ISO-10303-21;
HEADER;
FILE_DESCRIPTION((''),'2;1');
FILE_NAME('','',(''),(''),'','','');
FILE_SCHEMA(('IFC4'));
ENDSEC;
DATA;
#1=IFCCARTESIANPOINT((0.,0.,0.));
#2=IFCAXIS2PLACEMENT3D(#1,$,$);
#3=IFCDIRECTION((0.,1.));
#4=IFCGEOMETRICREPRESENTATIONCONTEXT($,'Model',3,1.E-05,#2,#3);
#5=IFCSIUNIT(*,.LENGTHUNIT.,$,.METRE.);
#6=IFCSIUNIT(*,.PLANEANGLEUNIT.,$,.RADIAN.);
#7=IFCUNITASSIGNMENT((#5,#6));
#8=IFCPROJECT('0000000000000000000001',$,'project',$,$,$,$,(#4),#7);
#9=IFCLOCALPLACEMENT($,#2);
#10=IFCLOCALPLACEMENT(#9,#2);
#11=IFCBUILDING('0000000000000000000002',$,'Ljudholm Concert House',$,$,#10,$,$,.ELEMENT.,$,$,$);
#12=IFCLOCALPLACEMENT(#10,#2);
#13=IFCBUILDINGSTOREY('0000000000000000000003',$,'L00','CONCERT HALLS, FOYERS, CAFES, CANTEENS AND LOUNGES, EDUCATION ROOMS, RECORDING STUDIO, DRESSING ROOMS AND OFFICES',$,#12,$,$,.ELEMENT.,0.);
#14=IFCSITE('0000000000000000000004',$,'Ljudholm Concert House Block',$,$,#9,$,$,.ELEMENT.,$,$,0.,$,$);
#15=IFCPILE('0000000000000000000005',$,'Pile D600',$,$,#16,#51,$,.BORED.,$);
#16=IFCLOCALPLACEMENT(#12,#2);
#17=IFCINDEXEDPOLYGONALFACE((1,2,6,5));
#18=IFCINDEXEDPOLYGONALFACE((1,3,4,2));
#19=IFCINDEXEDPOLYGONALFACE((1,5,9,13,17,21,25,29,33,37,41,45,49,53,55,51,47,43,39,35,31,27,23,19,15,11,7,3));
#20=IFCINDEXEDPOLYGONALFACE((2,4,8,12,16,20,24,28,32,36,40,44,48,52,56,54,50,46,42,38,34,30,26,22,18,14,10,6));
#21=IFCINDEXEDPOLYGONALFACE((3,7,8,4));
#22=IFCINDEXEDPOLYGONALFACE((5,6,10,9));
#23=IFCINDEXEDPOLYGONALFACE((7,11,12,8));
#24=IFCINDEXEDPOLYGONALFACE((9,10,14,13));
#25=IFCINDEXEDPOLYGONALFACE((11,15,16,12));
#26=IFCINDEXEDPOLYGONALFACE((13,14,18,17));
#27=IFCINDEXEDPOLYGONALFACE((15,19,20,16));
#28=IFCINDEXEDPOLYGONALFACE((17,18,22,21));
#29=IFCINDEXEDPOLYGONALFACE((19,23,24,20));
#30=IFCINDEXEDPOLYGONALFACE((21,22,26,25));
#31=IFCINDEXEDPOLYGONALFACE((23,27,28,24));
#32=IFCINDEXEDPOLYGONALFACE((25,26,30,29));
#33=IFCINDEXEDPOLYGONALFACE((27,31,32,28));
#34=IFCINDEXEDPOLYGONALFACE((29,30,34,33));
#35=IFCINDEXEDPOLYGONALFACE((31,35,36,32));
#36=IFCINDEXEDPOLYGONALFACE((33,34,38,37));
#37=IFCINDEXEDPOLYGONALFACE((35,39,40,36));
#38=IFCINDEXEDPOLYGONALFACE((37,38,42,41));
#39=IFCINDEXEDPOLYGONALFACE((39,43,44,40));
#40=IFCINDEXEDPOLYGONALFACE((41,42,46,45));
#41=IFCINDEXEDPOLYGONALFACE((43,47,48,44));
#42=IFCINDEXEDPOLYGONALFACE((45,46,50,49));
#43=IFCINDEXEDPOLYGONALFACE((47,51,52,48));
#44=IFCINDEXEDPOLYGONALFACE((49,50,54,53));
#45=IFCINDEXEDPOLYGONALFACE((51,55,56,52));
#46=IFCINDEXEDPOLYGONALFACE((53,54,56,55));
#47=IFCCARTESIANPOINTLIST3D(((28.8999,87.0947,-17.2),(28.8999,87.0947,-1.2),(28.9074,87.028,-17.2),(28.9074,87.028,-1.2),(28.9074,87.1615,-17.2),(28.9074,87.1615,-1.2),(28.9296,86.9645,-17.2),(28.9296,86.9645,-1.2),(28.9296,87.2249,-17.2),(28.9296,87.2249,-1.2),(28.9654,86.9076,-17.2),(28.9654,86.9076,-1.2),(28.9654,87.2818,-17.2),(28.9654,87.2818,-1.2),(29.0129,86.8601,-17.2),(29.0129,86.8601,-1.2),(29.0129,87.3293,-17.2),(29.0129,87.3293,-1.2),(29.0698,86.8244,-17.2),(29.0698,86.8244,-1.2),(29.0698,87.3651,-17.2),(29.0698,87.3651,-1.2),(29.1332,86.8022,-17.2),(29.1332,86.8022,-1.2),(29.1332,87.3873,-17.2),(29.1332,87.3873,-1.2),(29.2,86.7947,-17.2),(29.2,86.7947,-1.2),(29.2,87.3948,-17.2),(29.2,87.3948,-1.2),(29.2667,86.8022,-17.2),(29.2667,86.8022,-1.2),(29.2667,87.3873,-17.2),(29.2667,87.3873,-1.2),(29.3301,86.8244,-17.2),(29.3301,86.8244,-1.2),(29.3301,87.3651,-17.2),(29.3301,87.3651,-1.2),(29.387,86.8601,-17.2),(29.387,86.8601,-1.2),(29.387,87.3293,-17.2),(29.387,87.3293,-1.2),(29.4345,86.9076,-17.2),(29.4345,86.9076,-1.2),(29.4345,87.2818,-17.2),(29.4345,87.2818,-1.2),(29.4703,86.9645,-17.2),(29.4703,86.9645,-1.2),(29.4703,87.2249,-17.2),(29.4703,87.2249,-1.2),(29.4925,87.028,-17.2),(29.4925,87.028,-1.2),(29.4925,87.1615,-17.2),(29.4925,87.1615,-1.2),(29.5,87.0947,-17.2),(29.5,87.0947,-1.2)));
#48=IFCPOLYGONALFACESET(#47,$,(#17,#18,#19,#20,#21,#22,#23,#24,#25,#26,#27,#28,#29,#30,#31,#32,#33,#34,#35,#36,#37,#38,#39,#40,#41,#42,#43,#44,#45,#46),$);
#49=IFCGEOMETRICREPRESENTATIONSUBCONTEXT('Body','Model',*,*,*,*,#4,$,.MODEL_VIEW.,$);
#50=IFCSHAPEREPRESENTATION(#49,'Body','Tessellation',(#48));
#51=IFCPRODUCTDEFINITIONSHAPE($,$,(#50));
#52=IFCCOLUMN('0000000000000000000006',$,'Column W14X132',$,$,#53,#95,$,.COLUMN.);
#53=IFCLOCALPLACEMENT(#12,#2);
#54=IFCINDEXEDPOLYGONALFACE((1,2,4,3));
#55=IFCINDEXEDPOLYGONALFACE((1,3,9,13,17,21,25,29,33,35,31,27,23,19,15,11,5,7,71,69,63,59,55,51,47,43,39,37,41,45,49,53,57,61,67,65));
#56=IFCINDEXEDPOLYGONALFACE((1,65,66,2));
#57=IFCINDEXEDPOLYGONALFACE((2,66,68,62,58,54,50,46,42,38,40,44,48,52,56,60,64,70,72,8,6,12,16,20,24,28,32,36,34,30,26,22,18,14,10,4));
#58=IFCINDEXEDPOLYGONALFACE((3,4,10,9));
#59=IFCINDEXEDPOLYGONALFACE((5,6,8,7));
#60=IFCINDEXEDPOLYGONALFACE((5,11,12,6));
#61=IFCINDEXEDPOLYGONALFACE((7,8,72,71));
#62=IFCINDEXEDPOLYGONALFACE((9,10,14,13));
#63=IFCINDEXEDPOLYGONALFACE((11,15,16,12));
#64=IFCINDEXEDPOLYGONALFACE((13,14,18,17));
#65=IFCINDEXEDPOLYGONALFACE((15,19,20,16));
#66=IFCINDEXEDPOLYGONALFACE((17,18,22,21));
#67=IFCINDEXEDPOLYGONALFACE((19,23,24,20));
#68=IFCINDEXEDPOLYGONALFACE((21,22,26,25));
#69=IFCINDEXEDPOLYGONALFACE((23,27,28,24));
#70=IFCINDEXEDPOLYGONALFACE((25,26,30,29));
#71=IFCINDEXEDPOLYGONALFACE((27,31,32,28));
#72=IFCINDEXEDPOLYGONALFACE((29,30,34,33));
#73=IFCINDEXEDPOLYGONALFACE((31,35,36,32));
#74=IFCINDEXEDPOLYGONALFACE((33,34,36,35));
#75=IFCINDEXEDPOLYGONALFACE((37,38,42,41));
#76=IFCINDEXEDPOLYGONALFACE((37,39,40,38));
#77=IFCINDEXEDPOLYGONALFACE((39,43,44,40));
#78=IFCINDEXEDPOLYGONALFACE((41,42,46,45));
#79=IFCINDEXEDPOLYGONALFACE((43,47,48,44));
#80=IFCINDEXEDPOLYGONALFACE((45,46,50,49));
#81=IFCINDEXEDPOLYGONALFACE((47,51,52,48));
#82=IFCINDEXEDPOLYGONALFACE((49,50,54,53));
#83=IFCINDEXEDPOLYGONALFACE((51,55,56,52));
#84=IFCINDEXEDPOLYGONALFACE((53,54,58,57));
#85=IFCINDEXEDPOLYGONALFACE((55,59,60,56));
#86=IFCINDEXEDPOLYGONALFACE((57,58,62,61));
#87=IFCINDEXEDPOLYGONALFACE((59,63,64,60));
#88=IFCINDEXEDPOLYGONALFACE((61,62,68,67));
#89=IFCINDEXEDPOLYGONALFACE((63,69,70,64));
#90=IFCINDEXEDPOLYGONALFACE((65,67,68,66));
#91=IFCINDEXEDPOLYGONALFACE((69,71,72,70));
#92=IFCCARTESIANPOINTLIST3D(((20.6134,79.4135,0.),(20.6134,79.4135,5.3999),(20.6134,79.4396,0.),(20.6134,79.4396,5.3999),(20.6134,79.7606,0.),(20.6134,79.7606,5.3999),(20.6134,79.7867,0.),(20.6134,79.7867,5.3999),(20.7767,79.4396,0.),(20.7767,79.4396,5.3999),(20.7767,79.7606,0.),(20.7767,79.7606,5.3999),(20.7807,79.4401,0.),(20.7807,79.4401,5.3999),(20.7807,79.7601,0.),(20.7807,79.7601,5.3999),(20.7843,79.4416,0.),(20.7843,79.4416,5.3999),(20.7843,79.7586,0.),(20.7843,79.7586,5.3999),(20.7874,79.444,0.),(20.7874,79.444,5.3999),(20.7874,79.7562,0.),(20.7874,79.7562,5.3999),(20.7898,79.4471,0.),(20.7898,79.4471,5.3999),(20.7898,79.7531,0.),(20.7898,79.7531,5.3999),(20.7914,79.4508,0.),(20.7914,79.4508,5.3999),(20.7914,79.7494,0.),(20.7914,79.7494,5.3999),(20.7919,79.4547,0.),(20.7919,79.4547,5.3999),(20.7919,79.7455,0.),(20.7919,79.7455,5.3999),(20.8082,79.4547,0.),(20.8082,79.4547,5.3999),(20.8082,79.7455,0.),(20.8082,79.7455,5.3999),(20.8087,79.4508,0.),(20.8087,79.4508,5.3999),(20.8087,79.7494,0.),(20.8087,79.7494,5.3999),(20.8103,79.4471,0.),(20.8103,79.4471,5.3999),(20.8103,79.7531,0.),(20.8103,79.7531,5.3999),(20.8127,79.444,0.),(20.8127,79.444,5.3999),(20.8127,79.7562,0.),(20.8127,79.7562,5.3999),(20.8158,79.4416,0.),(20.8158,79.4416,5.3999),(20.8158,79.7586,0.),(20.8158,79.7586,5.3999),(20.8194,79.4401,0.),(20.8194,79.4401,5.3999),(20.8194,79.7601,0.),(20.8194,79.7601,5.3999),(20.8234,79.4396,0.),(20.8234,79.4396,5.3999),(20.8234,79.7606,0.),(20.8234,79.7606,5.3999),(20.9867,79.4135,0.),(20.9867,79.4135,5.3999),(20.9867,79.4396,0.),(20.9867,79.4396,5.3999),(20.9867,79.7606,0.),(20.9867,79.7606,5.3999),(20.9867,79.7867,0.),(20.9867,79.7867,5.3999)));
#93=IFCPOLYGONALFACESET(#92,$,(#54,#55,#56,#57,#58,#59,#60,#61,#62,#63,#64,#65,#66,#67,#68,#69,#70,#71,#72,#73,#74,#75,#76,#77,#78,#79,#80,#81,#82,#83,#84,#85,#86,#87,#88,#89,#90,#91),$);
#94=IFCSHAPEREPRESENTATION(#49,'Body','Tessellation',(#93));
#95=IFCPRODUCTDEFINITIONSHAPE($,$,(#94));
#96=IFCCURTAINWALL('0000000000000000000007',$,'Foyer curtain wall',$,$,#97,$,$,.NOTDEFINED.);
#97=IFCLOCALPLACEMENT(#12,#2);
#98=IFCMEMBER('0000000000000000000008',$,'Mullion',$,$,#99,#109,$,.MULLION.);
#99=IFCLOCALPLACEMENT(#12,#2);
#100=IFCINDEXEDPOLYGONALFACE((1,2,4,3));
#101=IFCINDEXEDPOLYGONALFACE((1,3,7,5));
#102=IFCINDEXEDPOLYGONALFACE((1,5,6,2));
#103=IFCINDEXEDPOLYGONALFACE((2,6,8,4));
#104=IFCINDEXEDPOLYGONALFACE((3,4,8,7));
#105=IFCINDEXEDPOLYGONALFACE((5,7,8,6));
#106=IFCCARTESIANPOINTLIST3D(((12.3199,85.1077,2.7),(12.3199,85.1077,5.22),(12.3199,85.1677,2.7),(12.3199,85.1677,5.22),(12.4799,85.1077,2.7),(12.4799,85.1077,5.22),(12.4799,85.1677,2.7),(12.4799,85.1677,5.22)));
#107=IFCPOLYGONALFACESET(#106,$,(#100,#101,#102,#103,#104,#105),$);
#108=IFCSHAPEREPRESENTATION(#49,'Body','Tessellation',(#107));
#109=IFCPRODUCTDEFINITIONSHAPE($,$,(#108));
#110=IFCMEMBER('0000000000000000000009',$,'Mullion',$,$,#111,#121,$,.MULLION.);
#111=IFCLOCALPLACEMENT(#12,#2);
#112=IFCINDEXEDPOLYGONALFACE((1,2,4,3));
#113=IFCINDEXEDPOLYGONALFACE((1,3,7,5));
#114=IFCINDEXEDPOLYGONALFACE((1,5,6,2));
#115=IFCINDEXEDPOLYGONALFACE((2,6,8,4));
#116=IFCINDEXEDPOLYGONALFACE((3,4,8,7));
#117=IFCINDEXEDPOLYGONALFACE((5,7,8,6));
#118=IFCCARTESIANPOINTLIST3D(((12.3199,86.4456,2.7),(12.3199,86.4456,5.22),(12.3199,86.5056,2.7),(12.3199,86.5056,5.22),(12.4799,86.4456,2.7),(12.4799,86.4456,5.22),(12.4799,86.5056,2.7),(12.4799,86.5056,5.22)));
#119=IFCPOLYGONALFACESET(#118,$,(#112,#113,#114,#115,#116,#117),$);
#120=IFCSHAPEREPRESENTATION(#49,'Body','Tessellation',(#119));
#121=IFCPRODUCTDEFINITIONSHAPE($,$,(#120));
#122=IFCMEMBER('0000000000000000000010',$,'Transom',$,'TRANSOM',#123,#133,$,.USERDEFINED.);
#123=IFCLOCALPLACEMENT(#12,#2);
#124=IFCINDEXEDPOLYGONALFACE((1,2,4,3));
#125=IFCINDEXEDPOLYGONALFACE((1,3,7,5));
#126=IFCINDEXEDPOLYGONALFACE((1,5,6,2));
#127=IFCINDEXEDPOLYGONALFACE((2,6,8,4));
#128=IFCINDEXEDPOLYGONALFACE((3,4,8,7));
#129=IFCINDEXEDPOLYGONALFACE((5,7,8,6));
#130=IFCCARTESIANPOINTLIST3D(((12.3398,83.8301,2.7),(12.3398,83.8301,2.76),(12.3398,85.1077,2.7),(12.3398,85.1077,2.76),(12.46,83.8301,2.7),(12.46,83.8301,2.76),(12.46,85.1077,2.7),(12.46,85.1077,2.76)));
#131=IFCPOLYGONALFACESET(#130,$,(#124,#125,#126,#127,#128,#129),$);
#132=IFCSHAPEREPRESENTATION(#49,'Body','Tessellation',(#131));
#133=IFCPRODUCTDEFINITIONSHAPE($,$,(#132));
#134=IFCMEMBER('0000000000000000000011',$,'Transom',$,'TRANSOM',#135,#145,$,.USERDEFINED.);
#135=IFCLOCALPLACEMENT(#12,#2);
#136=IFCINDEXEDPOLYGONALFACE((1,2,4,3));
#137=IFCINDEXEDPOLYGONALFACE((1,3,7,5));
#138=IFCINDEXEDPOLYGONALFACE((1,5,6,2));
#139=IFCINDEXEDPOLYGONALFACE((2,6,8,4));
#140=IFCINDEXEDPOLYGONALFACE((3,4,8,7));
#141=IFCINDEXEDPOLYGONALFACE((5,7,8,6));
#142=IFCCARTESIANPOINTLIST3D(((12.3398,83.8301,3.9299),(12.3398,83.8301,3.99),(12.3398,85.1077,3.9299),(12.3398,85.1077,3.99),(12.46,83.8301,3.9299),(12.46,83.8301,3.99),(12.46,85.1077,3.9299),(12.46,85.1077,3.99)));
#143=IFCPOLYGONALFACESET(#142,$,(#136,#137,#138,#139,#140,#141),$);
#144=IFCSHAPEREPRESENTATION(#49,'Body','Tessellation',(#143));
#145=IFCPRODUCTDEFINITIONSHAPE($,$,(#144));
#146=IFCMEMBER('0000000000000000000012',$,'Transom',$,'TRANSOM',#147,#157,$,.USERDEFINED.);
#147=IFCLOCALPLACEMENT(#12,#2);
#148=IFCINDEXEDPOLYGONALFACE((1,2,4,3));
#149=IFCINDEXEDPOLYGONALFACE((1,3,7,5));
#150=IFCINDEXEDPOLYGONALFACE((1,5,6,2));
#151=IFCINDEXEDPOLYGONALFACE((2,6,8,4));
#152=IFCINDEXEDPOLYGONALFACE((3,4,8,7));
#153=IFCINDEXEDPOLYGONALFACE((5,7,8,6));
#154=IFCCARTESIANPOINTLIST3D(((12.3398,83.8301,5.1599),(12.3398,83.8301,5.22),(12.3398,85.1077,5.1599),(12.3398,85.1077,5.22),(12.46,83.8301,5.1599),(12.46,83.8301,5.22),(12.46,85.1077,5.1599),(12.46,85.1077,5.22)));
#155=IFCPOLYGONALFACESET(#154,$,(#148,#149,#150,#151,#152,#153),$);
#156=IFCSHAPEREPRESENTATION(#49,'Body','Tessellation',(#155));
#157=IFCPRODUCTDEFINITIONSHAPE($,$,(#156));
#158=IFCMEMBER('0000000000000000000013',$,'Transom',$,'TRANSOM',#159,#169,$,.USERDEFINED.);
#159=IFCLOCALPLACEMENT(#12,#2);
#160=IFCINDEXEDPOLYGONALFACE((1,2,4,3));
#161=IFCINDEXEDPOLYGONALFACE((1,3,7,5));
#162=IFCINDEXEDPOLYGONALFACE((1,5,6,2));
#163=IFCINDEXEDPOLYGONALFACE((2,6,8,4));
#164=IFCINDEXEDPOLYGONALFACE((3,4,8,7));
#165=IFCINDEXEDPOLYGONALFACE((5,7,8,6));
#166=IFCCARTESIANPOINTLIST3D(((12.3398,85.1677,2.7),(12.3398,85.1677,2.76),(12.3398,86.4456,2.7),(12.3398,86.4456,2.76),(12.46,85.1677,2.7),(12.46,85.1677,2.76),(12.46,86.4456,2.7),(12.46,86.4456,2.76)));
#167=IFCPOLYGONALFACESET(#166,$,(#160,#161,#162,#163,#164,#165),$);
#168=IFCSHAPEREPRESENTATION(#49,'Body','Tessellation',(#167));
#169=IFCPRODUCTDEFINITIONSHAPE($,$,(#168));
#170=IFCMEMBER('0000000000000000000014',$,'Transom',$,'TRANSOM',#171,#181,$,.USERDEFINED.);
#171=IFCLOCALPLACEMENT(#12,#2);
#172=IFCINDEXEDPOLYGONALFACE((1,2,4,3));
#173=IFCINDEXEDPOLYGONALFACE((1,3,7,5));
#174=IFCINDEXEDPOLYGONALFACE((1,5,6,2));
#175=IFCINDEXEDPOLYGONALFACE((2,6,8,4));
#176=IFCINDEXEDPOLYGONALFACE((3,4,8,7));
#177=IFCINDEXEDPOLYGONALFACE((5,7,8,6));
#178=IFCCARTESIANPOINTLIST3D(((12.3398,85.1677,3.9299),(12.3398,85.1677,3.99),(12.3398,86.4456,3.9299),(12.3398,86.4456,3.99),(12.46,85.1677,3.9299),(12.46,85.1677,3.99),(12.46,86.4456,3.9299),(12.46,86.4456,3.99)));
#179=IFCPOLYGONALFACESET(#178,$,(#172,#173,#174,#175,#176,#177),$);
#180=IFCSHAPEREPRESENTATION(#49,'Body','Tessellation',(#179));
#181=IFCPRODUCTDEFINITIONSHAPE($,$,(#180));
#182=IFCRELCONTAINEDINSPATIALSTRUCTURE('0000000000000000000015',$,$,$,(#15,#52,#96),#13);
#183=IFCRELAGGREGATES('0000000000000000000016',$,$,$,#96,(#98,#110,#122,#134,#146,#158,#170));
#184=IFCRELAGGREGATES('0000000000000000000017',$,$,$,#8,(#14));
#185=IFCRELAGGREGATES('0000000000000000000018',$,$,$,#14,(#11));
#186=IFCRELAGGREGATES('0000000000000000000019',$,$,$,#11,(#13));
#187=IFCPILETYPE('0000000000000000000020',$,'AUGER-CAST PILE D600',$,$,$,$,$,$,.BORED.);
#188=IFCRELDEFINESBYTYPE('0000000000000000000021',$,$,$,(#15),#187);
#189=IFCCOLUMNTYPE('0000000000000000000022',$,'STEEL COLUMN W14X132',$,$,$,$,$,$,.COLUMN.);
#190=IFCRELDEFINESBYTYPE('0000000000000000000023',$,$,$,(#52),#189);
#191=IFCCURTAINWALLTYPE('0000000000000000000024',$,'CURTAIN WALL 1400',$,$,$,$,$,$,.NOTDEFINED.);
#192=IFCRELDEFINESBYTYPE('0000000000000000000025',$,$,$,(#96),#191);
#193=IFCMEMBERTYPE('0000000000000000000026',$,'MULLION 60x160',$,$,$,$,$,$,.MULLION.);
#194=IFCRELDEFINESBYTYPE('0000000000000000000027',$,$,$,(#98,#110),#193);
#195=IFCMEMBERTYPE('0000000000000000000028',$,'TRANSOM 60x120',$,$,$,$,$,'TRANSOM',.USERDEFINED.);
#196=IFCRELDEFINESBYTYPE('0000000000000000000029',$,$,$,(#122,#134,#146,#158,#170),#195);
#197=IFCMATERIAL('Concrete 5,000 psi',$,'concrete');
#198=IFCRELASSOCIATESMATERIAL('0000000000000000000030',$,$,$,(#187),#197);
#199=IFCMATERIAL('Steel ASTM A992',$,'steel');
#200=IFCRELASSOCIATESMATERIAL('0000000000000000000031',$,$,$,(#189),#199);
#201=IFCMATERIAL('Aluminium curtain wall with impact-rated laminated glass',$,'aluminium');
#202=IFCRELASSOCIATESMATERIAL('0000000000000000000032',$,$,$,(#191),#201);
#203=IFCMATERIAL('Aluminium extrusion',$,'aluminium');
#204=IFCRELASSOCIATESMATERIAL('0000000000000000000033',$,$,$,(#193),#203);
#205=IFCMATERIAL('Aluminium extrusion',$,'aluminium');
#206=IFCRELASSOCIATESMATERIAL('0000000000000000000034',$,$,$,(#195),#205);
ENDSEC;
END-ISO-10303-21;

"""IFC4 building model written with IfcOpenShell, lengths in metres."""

from ifc_helpers import new_model, si_unit, direction, frame, origin, origin_2d, place, context, subcontext, project, spatial, rectangle, circle, i_section, extrude, material, material_profile, profile_set, type_object, element, aggregate, save


model = new_model("IFC4")

# Units and contexts
model_context = context("Model", 3, precision=1e-05, world=origin(), true_north=direction((0.0, 1.0)))
body_context = subcontext(model_context, "Body", "Model", "MODEL_VIEW")
ifc_project = project(units=[si_unit("LENGTHUNIT", "METRE"), si_unit("PLANEANGLEUNIT", "RADIAN")], contexts=[model_context])

# Site, building, storey
site_placement = place(None, origin())
site = spatial("IfcSite", under=ifc_project, at=site_placement, Name="Ljudholm Concert House Block", CompositionType="ELEMENT", RefElevation=0.0)
building_placement = place(site_placement, origin())
building = spatial("IfcBuilding", under=site, at=building_placement, Name="Ljudholm Concert House", CompositionType="ELEMENT")
storey_placement = place(building_placement, origin())
storey = spatial("IfcBuildingStorey", under=building, at=storey_placement, Name="L00", Description="CONCERT HALLS, FOYERS, CAFES, CANTEENS AND LOUNGES, EDUCATION ROOMS, RECORDING STUDIO, DRESSING ROOMS AND OFFICES", CompositionType="ELEMENT", Elevation=0.0)

# Pile
ifc_material_1 = material(Name="Concrete 5,000 psi", Category="concrete")
ifc_material_profile_1 = material_profile(ifc_material_1, circle(Radius=0.3, at=origin_2d()), Name="AUGER-CAST PILE D600")
ifc_profile_set_1 = profile_set([ifc_material_profile_1], Name="Concrete 5,000 psi")
pile_type = type_object("IfcPileType", Name="AUGER-CAST PILE D600", PredefinedType="BORED", material=ifc_profile_set_1)
for number, where, z_axis, x_axis, name in (
    (1, (29.2, 87.0947, -1.2), (0.0, 0.0, -1.0), (1.0, 0.0, 0.0), "Pile D600"),
):
    element("IfcPile", number, at=place(storey_placement, frame(where, z_axis=z_axis, x_axis=x_axis)), inside=storey, type_object=pile_type, Name=name, PredefinedType="BORED", context=body_context, shape_type="SweptSolid", body=[
        extrude(circle(Radius=0.3, at=origin_2d()), origin(), (0.0, 0.0, 1.0), 16.0),
    ])

# Column
ifc_material_2 = material(Name="Steel ASTM A992", Category="steel")
ifc_material_profile_2 = material_profile(ifc_material_2, i_section(OverallWidth=0.3733, OverallDepth=0.3733, WebThickness=0.0164, FlangeThickness=0.0261, FilletRadius=0.0151, at=origin_2d()), Name="W14X132")
ifc_profile_set_2 = profile_set([ifc_material_profile_2], Name="Steel ASTM A992")
column_type = type_object("IfcColumnType", Name="STEEL COLUMN W14X132", PredefinedType="COLUMN", material=ifc_profile_set_2)
column_placement = place(storey_placement, frame((20.8, 79.6001, 0.0), z_axis=(0.0, 0.0, 1.0), x_axis=(1.0, 0.0, 0.0)))
element("IfcColumn", 2, at=column_placement, inside=storey, type_object=column_type, Name="Column W14X132", PredefinedType="COLUMN", context=body_context, shape_type="SweptSolid", body=[
    extrude(i_section(OverallWidth=0.3733, OverallDepth=0.3733, WebThickness=0.0164, FlangeThickness=0.0261, FilletRadius=0.0151, at=origin_2d()), origin(), (0.0, 0.0, 1.0), 5.3999),
])

# Curtain wall, members
ifc_material_3 = material(Name="Aluminium curtain wall with impact-rated laminated glass", Category="aluminium")
curtain_wall_type = type_object("IfcCurtainWallType", Name="CURTAIN WALL 1400", PredefinedType="NOTDEFINED", material=ifc_material_3)
curtain_wall_placement = place(storey_placement, origin())
curtain_wall = element("IfcCurtainWall", 3, at=curtain_wall_placement, inside=storey, type_object=curtain_wall_type, Name="Foyer curtain wall", PredefinedType="NOTDEFINED")
ifc_material_4 = material(Name="Aluminium extrusion", Category="aluminium")
ifc_material_profile_3 = material_profile(ifc_material_4, rectangle(XDim=0.1599, YDim=0.0601, at=origin_2d()), Name="MULLION 60x160")
ifc_profile_set_3 = profile_set([ifc_material_profile_3], Name="Aluminium extrusion")
member_type_1 = type_object("IfcMemberType", Name="MULLION 60x160", PredefinedType="MULLION", material=ifc_profile_set_3)
member_1_placement = place(storey_placement, frame((12.3999, 85.1377, 2.7), z_axis=(0.0, 0.0, 1.0), x_axis=(-1.0, 0.0, 0.0)))
member_1 = element("IfcMember", 4, at=member_1_placement, type_object=member_type_1, Name="Mullion", PredefinedType="MULLION", context=body_context, shape_type="SweptSolid", body=[
    extrude(rectangle(XDim=0.1599, YDim=0.0601, at=origin_2d()), origin(), (0.0, 0.0, 1.0), 2.52),
])
member_2_placement = place(storey_placement, frame((12.3999, 86.4756, 2.7), z_axis=(0.0, 0.0, 1.0), x_axis=(-1.0, 0.0, 0.0)))
member_2 = element("IfcMember", 5, at=member_2_placement, type_object=member_type_1, Name="Mullion", PredefinedType="MULLION", context=body_context, shape_type="SweptSolid", body=[
    extrude(rectangle(XDim=0.1599, YDim=0.0601, at=origin_2d()), origin(), (0.0, 0.0, 1.0), 2.52),
])
ifc_material_5 = material(Name="Aluminium extrusion", Category="aluminium")
ifc_material_profile_4 = material_profile(ifc_material_5, rectangle(XDim=0.1201, YDim=0.0601, at=origin_2d()), Name="TRANSOM 60x120")
ifc_profile_set_4 = profile_set([ifc_material_profile_4], Name="Aluminium extrusion")
member_type_2 = type_object("IfcMemberType", Name="TRANSOM 60x120", ElementType="TRANSOM", PredefinedType="USERDEFINED", material=ifc_profile_set_4)
member_3_placement = place(storey_placement, frame((12.3999, 83.8301, 2.73), z_axis=(0.0, 1.0, 0.0), x_axis=(-1.0, 0.0, 0.0)))
member_3 = element("IfcMember", 6, at=member_3_placement, type_object=member_type_2, Name="Transom", ObjectType="TRANSOM", PredefinedType="USERDEFINED", context=body_context, shape_type="SweptSolid", body=[
    extrude(rectangle(XDim=0.1201, YDim=0.0601, at=origin_2d()), origin(), (0.0, 0.0, 1.0), 1.2776),
])
member_4_placement = place(storey_placement, frame((12.3999, 83.8301, 3.96), z_axis=(0.0, 1.0, 0.0), x_axis=(-1.0, 0.0, 0.0)))
member_4 = element("IfcMember", 7, at=member_4_placement, type_object=member_type_2, Name="Transom", ObjectType="TRANSOM", PredefinedType="USERDEFINED", context=body_context, shape_type="SweptSolid", body=[
    extrude(rectangle(XDim=0.1201, YDim=0.0601, at=origin_2d()), origin(), (0.0, 0.0, 1.0), 1.2776),
])
member_5_placement = place(storey_placement, frame((12.3999, 83.8301, 5.1899), z_axis=(0.0, 1.0, 0.0), x_axis=(-1.0, 0.0, 0.0)))
member_5 = element("IfcMember", 8, at=member_5_placement, type_object=member_type_2, Name="Transom", ObjectType="TRANSOM", PredefinedType="USERDEFINED", context=body_context, shape_type="SweptSolid", body=[
    extrude(rectangle(XDim=0.1201, YDim=0.0601, at=origin_2d()), origin(), (0.0, 0.0, 1.0), 1.2776),
])
member_6_placement = place(storey_placement, frame((12.3999, 85.1677, 2.73), z_axis=(0.0, 1.0, 0.0), x_axis=(-1.0, 0.0, 0.0)))
member_6 = element("IfcMember", 9, at=member_6_placement, type_object=member_type_2, Name="Transom", ObjectType="TRANSOM", PredefinedType="USERDEFINED", context=body_context, shape_type="SweptSolid", body=[
    extrude(rectangle(XDim=0.1201, YDim=0.0601, at=origin_2d()), origin(), (0.0, 0.0, 1.0), 1.2778),
])
member_7_placement = place(storey_placement, frame((12.3999, 85.1677, 3.96), z_axis=(0.0, 1.0, 0.0), x_axis=(-1.0, 0.0, 0.0)))
member_7 = element("IfcMember", 10, at=member_7_placement, type_object=member_type_2, Name="Transom", ObjectType="TRANSOM", PredefinedType="USERDEFINED", context=body_context, shape_type="SweptSolid", body=[
    extrude(rectangle(XDim=0.1201, YDim=0.0601, at=origin_2d()), origin(), (0.0, 0.0, 1.0), 1.2778),
])
aggregate(curtain_wall, [member_1, member_2, member_3, member_4, member_5, member_6, member_7])

save(model, "model.ifc")
